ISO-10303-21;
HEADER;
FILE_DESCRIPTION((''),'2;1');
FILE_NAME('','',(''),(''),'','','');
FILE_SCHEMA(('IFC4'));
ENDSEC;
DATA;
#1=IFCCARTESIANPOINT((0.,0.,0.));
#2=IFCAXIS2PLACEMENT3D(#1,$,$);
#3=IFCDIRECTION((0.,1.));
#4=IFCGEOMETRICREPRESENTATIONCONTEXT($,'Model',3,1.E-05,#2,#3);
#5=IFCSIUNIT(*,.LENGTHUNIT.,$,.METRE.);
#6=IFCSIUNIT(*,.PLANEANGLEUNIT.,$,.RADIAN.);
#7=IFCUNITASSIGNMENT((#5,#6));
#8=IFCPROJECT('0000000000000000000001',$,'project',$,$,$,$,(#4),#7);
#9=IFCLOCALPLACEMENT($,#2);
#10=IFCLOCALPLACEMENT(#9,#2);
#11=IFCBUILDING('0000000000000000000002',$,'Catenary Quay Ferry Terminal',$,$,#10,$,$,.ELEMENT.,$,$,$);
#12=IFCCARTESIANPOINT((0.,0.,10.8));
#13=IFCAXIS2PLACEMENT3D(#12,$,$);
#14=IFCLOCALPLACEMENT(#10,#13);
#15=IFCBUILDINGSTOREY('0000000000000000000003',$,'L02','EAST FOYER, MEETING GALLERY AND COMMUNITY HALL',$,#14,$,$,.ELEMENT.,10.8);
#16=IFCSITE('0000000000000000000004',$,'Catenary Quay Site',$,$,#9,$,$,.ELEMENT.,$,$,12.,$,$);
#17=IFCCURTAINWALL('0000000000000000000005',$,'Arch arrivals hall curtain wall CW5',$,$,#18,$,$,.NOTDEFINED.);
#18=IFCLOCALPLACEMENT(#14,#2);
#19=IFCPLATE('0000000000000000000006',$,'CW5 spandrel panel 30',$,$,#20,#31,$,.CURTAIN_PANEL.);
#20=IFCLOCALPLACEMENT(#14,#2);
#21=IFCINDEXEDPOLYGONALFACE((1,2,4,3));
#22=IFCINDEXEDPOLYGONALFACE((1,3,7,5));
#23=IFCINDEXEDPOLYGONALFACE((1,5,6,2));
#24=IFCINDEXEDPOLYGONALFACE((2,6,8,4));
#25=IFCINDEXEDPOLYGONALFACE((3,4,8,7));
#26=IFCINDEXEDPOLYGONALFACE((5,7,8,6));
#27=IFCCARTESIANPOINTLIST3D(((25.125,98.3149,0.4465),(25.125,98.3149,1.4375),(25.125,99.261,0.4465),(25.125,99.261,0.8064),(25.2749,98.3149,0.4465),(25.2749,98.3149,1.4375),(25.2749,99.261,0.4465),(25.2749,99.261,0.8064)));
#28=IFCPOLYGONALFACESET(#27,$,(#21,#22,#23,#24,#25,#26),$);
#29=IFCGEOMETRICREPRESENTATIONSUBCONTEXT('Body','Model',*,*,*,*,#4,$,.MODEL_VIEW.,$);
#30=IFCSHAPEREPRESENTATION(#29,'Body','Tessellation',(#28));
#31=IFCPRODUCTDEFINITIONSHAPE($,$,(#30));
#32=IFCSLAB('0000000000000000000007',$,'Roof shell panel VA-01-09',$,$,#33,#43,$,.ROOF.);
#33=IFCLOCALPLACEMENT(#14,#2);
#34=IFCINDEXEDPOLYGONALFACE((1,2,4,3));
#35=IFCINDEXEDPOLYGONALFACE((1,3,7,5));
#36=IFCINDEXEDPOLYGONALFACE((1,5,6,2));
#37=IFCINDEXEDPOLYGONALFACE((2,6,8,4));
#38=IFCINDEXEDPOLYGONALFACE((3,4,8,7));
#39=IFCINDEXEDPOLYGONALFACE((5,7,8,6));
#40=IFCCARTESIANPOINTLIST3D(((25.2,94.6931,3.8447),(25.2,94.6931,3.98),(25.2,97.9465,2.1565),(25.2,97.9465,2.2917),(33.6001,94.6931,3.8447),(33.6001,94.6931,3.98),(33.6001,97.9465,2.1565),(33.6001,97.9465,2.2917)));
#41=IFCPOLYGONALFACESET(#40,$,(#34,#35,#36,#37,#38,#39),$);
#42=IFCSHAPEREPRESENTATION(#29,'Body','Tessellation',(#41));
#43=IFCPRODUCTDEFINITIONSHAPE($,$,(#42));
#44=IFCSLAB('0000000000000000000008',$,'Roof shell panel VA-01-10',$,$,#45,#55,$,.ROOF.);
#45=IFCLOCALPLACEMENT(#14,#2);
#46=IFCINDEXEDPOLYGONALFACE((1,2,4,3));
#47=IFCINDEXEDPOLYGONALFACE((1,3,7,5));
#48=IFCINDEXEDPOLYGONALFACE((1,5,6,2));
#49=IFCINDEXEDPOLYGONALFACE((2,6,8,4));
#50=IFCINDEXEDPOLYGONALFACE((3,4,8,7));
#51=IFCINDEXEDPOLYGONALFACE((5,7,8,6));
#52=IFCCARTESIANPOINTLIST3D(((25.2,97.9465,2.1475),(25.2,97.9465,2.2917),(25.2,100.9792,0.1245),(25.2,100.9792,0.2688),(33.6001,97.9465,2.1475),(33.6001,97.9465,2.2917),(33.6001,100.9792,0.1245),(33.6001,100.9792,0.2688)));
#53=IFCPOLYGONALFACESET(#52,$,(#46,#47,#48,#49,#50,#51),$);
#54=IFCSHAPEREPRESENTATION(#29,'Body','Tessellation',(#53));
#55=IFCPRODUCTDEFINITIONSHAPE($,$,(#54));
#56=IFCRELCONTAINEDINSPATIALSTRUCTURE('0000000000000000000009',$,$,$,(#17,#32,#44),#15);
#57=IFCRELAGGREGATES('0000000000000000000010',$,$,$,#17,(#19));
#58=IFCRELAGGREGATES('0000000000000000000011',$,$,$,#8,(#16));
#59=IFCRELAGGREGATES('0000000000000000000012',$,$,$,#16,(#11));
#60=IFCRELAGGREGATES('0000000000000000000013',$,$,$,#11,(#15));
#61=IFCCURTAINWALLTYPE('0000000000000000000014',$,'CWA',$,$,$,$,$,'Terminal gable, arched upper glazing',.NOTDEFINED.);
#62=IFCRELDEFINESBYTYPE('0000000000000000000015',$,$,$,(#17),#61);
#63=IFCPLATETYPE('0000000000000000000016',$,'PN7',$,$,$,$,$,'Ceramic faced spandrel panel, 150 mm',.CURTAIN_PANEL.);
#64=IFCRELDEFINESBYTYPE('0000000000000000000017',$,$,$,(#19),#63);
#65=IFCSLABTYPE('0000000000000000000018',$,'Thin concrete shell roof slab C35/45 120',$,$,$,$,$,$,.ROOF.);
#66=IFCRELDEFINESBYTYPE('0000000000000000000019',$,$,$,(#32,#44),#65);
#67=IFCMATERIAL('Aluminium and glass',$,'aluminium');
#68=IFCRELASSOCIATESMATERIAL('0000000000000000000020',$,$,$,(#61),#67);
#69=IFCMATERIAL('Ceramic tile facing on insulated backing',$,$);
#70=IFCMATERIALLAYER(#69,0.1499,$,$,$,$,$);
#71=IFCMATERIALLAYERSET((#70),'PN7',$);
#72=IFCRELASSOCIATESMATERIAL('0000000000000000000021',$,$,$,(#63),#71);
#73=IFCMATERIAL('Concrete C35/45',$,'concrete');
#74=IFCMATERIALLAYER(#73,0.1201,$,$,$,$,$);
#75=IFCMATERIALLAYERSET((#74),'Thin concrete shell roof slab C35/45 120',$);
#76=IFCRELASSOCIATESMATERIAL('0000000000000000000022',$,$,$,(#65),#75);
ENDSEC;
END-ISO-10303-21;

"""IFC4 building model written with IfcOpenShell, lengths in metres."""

from ifc_helpers import new_model, si_unit, direction, frame, origin, place, context, subcontext, project, spatial, polyline, outline, extrude, material, layer, layer_set, type_object, element, aggregate, save


model = new_model("IFC4")

# Units and contexts
model_context = context("Model", 3, precision=1e-05, world=origin(), true_north=direction((0.0, 1.0)))
body_context = subcontext(model_context, "Body", "Model", "MODEL_VIEW")
ifc_project = project(units=[si_unit("LENGTHUNIT", "METRE"), si_unit("PLANEANGLEUNIT", "RADIAN")], contexts=[model_context])

# Site, building, storey
site_placement = place(None, origin())
site = spatial("IfcSite", under=ifc_project, at=site_placement, Name="Catenary Quay Site", CompositionType="ELEMENT", RefElevation=12.0)
building_placement = place(site_placement, origin())
building = spatial("IfcBuilding", under=site, at=building_placement, Name="Catenary Quay Ferry Terminal", CompositionType="ELEMENT")
storey_placement = place(building_placement, frame((0.0, 0.0, 10.8)))
storey = spatial("IfcBuildingStorey", under=building, at=storey_placement, Name="L02", Description="EAST FOYER, MEETING GALLERY AND COMMUNITY HALL", CompositionType="ELEMENT", Elevation=10.8)

# Curtain wall
ifc_material_1 = material(Name="Aluminium and glass", Category="aluminium")
curtain_wall_type = type_object("IfcCurtainWallType", Name="CWA", ElementType="Terminal gable, arched upper glazing", PredefinedType="NOTDEFINED", material=ifc_material_1)
curtain_wall_placement = place(storey_placement, origin())
curtain_wall = element("IfcCurtainWall", 1, at=curtain_wall_placement, inside=storey, type_object=curtain_wall_type, Name="Arch arrivals hall curtain wall CW5", PredefinedType="NOTDEFINED")

# Plate
ifc_material_2 = material(Name="Ceramic tile facing on insulated backing")
ifc_layer_1 = layer(ifc_material_2, 0.1499)
ifc_layer_set_1 = layer_set([ifc_layer_1], Name="PN7")
plate_type_1 = type_object("IfcPlateType", Name="PN7", ElementType="Ceramic faced spandrel panel, 150 mm", PredefinedType="CURTAIN_PANEL", material=ifc_layer_set_1)
plate_1_placement = place(storey_placement, frame((25.2, 98.3149, 0.4465), z_axis=(0.0, 0.0, 1.0), x_axis=(0.0, 1.0, 0.0)))
plate_1 = element("IfcPlate", 2, at=plate_1_placement, type_object=plate_type_1, Name="CW5 spandrel panel 30", PredefinedType="CURTAIN_PANEL", context=body_context, shape_type="SweptSolid", body=[
    extrude(outline(polyline([(0.0, 0.0), (0.946, 0.0), (0.946, 0.3599), (0.0, 0.991), (0.0, 0.0)])), frame((0.0, 0.075, 0.0), z_axis=(0.0, -1.0, 0.0), x_axis=(1.0, 0.0, 0.0)), (0.0, 0.0, 1.0), 0.1499),
])
aggregate(curtain_wall, [plate_1])

# Slabs
ifc_material_3 = material(Name="Concrete C35/45", Category="concrete")
ifc_layer_2 = layer(ifc_material_3, 0.1201)
ifc_layer_set_2 = layer_set([ifc_layer_2], Name="Thin concrete shell roof slab C35/45 120")
slab_type = type_object("IfcSlabType", Name="Thin concrete shell roof slab C35/45 120", PredefinedType="ROOF", material=ifc_layer_set_2)
slab_1_placement = place(storey_placement, frame((25.2, 94.6931, 3.98), z_axis=(0.0, 0.460591, 0.887612), x_axis=(1.0, 0.0, 0.0)))
element("IfcSlab", 3, at=slab_1_placement, inside=storey, type_object=slab_type, Name="Roof shell panel VA-01-09", PredefinedType="ROOF", context=body_context, shape_type="SweptSolid", body=[
    extrude(outline(polyline([(0.0, 0.0), (8.4001, 0.0), (8.4001, 3.6654), (0.0, 3.6654), (0.0, 0.0)])), origin(), (0.0, 0.460591, -0.887612), 0.1353),
])
slab_2_placement = place(storey_placement, frame((25.2, 97.9465, 2.2917), z_axis=(0.0, 0.554917, 0.831906), x_axis=(1.0, 0.0, 0.0)))
element("IfcSlab", 4, at=slab_2_placement, inside=storey, type_object=slab_type, Name="Roof shell panel VA-01-10", PredefinedType="ROOF", context=body_context, shape_type="SweptSolid", body=[
    extrude(outline(polyline([(0.0, 0.0), (8.4001, 0.0), (8.4001, 3.6455), (0.0, 3.6455), (0.0, 0.0)])), origin(), (0.0, 0.554917, -0.831906), 0.1443),
])

save(model, "model.ifc")
